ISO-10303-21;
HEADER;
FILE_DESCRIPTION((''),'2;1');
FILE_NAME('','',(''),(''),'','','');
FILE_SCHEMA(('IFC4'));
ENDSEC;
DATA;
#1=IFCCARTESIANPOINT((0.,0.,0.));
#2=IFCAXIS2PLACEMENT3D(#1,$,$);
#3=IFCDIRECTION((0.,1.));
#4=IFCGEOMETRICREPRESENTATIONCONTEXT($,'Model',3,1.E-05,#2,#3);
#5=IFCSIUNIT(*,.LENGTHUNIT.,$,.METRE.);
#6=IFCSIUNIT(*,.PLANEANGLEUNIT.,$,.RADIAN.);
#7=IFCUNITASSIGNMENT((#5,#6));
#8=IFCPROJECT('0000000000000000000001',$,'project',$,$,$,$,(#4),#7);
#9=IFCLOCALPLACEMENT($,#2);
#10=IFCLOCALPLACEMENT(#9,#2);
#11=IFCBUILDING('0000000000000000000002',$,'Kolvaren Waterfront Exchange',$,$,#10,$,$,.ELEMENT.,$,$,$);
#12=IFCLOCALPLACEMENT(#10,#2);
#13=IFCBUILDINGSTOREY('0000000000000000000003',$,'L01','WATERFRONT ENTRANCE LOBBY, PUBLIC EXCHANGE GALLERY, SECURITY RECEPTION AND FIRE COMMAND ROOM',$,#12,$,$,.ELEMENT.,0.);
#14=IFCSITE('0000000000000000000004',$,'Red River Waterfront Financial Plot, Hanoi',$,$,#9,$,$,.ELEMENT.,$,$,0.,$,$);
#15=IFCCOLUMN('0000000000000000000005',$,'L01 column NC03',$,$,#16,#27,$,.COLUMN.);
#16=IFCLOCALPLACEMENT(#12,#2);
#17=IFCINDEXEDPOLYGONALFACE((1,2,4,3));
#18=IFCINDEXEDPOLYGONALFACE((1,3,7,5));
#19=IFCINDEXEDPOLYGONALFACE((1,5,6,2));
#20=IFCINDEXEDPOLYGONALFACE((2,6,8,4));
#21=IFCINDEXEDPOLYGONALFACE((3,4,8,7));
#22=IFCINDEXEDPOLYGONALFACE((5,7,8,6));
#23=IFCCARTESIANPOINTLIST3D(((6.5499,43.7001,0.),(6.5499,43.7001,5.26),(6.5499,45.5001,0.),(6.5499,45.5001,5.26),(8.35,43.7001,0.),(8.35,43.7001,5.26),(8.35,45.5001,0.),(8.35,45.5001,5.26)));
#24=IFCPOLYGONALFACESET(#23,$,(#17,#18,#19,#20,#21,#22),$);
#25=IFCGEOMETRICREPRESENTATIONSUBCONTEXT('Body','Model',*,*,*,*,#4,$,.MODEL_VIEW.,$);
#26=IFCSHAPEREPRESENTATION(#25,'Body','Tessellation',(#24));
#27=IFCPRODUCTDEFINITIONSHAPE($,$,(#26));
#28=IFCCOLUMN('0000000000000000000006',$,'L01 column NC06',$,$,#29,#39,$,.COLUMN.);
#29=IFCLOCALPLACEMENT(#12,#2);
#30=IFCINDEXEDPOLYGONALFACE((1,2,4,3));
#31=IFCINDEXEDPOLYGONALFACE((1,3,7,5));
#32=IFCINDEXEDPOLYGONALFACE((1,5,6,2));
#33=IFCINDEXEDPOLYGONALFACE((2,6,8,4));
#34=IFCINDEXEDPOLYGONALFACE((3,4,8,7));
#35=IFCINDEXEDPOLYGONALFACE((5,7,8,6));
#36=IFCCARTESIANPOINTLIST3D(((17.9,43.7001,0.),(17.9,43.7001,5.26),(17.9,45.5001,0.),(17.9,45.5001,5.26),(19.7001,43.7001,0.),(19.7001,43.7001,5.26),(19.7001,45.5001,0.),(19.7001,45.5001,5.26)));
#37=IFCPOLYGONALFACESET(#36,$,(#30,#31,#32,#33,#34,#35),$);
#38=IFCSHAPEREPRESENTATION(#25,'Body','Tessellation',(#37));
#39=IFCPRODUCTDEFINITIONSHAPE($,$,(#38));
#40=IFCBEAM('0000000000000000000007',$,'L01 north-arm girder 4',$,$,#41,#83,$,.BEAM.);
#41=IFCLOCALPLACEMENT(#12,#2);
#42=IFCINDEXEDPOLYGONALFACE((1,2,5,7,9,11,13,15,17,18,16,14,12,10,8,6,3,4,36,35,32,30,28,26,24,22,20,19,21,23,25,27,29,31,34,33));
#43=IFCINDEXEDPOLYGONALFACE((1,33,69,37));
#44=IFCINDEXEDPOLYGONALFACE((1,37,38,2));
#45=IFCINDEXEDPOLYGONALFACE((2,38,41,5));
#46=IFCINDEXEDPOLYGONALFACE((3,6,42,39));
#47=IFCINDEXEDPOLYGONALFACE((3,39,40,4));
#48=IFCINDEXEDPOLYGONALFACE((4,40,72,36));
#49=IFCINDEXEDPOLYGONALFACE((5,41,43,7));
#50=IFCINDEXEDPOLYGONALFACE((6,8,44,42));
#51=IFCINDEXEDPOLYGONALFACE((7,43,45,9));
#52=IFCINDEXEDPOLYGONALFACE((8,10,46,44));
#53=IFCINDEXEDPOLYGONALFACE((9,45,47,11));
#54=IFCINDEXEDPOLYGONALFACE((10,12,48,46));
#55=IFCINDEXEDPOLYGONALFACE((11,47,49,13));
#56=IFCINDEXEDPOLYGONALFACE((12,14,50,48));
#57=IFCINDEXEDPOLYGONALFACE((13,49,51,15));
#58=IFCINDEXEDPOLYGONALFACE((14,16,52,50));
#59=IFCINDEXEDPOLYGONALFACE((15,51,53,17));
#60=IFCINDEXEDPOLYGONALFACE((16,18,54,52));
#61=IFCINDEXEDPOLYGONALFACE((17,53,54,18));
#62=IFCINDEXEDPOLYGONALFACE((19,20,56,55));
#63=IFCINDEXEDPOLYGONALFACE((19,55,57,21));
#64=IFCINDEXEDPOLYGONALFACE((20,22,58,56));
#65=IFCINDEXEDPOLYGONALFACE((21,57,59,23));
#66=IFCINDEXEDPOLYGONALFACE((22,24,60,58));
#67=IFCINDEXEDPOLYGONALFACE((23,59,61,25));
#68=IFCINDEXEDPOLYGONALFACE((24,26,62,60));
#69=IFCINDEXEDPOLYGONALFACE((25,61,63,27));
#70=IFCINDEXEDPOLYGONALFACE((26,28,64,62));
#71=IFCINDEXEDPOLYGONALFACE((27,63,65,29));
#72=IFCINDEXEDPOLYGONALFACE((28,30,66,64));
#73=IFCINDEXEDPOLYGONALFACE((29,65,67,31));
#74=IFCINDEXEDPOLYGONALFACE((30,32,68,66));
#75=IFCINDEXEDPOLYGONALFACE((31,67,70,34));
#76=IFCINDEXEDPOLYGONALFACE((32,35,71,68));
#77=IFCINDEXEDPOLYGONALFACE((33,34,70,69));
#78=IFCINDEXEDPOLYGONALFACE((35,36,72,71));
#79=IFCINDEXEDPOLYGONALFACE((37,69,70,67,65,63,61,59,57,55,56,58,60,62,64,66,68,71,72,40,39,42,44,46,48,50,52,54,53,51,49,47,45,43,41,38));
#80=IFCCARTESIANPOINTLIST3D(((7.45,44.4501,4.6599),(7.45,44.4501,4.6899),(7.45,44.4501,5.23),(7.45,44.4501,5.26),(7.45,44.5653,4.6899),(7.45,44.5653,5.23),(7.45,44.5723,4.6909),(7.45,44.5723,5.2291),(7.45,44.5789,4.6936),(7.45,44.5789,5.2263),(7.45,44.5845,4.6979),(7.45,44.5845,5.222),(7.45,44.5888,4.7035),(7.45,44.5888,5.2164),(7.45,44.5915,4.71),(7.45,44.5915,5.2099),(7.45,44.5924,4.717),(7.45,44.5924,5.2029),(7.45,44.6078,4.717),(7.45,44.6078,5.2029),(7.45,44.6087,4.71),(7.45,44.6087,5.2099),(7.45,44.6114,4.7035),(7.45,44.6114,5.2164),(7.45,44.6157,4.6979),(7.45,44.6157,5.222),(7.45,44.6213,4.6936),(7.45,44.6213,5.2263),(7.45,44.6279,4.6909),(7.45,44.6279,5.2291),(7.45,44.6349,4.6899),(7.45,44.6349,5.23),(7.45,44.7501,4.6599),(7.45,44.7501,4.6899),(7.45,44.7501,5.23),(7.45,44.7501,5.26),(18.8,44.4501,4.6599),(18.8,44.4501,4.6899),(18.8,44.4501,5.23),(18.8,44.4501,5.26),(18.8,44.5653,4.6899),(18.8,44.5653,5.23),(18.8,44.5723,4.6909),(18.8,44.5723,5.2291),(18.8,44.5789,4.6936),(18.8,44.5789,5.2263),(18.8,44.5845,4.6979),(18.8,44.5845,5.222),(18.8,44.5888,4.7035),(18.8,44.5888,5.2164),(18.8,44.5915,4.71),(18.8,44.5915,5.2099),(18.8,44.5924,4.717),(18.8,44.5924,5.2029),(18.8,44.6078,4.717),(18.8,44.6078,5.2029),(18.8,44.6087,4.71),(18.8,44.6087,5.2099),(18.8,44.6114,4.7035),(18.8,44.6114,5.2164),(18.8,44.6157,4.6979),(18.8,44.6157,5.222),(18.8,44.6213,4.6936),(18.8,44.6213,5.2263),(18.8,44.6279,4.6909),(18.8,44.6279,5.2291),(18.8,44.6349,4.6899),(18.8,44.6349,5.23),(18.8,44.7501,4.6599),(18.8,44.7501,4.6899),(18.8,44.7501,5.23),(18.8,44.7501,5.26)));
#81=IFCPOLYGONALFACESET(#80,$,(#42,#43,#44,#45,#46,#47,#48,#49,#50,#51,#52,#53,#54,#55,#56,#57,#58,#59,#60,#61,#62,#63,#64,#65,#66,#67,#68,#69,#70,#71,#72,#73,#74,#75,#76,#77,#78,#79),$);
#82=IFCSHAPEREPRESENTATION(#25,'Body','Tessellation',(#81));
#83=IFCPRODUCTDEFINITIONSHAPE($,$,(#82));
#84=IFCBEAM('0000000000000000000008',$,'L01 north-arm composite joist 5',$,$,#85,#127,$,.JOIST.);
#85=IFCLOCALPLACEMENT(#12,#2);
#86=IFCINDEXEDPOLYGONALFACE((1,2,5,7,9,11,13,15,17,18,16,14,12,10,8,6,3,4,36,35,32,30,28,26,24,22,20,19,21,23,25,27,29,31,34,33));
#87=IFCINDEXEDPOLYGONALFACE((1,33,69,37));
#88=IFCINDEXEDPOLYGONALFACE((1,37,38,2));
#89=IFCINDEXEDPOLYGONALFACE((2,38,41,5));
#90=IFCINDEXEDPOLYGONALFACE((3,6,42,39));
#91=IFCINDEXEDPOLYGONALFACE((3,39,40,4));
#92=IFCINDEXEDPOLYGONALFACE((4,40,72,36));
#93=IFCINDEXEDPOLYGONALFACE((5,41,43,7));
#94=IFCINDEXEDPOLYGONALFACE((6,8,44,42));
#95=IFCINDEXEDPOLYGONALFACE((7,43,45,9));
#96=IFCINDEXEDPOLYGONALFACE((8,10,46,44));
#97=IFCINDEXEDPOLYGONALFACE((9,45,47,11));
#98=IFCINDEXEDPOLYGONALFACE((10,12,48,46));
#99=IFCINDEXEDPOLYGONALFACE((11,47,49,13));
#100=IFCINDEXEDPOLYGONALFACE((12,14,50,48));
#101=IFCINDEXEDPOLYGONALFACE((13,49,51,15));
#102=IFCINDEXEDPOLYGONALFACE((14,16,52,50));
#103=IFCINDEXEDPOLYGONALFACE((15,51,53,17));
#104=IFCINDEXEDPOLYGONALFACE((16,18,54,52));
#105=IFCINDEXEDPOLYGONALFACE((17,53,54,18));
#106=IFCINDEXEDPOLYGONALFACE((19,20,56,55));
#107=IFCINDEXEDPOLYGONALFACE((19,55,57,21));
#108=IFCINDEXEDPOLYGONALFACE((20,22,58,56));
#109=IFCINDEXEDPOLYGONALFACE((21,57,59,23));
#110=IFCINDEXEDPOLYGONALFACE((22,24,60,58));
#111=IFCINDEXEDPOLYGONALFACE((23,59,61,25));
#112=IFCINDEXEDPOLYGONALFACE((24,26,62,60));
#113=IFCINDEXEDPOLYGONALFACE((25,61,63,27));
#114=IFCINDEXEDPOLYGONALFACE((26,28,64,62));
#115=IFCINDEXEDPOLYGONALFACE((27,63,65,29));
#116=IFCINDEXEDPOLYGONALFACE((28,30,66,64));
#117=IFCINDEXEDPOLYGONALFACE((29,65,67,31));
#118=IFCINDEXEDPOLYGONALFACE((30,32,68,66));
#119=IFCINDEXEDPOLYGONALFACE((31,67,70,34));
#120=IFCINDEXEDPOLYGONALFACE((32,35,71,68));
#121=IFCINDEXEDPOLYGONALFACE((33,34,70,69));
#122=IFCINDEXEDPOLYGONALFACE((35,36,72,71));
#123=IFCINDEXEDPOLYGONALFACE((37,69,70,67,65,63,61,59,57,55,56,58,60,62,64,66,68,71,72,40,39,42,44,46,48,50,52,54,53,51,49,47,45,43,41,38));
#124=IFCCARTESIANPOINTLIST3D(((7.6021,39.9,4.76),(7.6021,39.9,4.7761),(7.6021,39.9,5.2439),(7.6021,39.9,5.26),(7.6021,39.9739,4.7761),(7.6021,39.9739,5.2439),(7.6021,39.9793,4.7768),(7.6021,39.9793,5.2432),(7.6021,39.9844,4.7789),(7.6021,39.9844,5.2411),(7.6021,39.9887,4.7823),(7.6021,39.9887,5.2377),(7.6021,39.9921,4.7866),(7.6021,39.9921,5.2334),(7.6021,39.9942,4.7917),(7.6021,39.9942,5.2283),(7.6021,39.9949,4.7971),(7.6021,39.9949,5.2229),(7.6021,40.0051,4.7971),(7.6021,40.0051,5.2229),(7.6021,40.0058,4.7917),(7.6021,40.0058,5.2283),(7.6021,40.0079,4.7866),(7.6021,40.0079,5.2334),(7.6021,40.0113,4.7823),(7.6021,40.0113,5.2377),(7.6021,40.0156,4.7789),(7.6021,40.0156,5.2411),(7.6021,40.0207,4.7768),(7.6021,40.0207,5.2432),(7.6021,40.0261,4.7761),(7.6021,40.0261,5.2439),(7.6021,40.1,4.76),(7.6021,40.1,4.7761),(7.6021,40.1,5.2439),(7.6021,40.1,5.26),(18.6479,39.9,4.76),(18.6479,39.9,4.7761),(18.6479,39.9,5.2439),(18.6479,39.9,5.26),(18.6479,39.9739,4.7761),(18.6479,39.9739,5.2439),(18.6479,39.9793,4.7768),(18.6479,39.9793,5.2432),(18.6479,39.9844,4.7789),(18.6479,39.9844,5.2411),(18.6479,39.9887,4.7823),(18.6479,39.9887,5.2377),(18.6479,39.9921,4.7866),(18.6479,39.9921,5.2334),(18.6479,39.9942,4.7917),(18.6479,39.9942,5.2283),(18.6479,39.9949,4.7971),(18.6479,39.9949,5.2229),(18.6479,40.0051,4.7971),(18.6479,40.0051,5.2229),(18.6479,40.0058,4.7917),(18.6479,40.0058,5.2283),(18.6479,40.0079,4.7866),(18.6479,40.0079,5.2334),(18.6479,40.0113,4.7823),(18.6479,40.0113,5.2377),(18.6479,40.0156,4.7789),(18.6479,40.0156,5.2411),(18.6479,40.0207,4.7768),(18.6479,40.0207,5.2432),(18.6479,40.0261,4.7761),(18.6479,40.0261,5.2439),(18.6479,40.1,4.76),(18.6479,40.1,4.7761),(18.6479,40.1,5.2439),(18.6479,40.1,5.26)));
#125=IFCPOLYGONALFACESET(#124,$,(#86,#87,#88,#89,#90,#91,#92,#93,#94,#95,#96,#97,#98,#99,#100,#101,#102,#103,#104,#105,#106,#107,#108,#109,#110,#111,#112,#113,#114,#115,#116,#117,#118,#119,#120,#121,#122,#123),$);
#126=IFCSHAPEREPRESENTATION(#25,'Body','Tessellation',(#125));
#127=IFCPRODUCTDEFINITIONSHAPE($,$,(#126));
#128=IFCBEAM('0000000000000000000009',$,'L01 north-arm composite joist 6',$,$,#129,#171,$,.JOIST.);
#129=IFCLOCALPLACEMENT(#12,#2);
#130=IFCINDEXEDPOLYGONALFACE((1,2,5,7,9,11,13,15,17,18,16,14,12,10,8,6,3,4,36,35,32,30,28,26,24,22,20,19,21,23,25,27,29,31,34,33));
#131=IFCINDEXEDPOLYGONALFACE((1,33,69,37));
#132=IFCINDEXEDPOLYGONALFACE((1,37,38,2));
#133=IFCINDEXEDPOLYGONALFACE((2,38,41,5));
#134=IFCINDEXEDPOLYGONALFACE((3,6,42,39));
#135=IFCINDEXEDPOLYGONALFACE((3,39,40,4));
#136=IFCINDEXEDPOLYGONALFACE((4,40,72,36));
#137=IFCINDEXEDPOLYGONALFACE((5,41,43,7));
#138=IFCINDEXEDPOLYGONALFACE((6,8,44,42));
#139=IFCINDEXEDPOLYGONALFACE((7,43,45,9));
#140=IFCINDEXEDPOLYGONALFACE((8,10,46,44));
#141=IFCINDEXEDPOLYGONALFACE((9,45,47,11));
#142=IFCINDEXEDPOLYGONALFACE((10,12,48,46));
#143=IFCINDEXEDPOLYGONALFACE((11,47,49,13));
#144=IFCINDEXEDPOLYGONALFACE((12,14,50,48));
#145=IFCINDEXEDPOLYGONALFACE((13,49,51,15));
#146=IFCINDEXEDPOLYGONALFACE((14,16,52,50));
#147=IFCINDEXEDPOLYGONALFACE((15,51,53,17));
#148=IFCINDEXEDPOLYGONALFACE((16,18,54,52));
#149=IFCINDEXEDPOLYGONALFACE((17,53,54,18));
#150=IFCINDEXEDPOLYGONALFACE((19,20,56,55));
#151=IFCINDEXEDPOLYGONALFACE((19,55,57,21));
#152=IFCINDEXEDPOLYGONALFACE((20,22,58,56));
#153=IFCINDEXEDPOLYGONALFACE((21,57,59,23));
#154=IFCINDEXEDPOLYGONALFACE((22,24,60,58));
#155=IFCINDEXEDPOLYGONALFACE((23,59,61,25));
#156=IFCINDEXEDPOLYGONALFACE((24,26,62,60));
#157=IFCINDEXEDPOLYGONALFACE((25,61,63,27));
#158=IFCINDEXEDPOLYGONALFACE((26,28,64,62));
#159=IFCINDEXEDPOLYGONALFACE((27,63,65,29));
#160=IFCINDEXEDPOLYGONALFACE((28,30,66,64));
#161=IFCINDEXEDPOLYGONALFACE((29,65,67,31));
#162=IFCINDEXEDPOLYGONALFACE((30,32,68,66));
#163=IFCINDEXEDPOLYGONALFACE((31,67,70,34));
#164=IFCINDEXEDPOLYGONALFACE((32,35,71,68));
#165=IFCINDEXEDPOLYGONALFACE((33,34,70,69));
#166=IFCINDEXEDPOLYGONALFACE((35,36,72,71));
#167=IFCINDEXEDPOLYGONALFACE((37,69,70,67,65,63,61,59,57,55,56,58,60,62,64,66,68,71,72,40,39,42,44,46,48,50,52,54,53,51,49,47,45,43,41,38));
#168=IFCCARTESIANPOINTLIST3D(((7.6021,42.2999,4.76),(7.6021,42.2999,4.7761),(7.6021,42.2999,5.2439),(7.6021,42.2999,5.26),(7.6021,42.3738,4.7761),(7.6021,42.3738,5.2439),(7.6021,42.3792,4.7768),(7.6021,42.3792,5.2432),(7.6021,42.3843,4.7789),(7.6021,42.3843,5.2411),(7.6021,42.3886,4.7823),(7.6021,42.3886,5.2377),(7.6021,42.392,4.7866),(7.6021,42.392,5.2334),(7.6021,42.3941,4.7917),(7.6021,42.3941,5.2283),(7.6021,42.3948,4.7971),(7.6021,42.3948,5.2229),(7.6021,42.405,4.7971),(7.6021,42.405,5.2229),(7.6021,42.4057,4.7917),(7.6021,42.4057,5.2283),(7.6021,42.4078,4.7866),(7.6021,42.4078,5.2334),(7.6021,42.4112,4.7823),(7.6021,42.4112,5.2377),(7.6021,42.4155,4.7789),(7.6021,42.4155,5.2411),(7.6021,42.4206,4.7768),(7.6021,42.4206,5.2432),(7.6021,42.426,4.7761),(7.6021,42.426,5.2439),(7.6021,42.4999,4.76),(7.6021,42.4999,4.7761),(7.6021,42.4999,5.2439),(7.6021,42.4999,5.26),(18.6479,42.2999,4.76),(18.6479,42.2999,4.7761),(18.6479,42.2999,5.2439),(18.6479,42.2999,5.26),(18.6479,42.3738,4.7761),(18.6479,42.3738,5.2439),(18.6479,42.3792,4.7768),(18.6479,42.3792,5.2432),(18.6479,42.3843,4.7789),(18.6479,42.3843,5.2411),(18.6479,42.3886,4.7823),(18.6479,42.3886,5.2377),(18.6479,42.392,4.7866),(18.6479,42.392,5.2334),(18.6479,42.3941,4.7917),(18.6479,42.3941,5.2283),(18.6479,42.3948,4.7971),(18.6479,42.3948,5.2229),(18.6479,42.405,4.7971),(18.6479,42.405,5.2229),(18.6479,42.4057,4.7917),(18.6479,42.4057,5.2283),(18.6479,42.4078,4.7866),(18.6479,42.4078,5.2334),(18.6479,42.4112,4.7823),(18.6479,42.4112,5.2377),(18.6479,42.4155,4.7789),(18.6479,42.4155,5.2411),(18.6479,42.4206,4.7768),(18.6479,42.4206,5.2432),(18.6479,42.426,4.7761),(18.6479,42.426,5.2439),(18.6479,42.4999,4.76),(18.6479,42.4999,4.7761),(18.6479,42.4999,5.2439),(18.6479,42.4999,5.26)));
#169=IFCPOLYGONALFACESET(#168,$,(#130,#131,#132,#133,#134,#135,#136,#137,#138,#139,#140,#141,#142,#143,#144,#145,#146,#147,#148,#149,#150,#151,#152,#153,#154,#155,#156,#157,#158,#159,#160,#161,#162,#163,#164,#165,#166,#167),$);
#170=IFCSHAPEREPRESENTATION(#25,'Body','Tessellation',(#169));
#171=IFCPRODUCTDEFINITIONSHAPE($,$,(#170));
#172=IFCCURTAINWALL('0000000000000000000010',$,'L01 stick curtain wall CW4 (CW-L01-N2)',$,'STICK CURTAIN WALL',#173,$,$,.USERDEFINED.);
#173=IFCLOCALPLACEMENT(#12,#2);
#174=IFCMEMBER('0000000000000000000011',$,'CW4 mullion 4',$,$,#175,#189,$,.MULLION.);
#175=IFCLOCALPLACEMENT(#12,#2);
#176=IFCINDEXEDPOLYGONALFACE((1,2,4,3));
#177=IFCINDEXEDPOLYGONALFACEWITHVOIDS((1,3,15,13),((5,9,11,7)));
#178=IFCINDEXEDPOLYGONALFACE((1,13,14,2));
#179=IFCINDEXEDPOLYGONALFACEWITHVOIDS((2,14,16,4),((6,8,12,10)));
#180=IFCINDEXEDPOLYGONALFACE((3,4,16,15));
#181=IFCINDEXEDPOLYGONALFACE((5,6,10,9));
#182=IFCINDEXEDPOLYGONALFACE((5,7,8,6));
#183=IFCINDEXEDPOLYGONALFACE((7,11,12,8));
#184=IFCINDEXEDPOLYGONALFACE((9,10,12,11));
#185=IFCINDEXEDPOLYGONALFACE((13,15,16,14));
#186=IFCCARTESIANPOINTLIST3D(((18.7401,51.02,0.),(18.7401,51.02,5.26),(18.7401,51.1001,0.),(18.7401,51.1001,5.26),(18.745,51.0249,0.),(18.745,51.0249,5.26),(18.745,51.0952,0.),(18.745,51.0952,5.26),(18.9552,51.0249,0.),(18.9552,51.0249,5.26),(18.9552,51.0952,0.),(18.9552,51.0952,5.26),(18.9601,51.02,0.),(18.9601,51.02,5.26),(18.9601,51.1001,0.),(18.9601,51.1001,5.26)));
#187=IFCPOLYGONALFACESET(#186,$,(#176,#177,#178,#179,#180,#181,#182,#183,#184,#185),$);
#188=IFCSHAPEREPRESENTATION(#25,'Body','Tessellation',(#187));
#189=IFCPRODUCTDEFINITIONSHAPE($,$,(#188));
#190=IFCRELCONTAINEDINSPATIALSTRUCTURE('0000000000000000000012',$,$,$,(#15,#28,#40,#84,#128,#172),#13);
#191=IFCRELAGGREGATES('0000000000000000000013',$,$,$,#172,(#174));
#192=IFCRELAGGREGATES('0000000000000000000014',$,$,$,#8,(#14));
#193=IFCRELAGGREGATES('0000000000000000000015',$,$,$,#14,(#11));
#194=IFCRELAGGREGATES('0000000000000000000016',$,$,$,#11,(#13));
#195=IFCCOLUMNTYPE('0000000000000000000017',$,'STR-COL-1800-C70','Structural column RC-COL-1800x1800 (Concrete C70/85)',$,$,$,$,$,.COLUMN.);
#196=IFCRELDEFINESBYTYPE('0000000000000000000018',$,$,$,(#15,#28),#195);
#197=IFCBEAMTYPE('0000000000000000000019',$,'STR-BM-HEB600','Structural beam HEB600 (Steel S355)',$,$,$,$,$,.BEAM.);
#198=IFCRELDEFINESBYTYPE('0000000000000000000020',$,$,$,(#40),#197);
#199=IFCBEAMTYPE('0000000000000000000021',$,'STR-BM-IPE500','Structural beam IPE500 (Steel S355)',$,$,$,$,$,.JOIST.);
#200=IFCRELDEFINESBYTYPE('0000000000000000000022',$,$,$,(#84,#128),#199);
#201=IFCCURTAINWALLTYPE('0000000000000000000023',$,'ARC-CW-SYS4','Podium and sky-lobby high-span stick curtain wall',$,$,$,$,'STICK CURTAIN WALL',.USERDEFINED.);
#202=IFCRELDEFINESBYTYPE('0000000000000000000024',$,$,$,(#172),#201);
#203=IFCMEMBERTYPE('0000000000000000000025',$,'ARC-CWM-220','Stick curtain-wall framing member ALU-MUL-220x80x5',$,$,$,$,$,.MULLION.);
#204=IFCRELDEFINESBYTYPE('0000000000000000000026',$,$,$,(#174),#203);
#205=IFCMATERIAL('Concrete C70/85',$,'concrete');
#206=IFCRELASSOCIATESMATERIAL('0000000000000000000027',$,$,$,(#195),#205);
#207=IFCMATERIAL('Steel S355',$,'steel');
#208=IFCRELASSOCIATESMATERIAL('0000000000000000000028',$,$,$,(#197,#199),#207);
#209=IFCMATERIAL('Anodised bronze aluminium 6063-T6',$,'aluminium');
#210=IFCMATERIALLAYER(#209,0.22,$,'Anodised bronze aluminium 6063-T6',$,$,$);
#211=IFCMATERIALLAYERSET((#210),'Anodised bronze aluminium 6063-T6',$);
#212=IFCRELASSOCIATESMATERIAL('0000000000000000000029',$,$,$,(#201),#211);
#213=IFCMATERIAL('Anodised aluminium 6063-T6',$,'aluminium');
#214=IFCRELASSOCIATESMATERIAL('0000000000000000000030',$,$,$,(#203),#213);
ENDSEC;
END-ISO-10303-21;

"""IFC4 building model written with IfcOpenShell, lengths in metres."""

from ifc_helpers import new_model, si_unit, direction, frame, origin, origin_with_axes, origin_2d, place, context, subcontext, project, spatial, rectangle, hollow_rectangle, i_section, extrude, source, transform, mapped, material, layer, layer_set, material_profile, profile_set, type_object, element, aggregate, save


model = new_model("IFC4")

# Units and contexts
model_context = context("Model", 3, precision=1e-05, world=origin(), true_north=direction((0.0, 1.0)))
body_context = subcontext(model_context, "Body", "Model", "MODEL_VIEW")
ifc_project = project(units=[si_unit("LENGTHUNIT", "METRE"), si_unit("PLANEANGLEUNIT", "RADIAN")], contexts=[model_context])

# Site, building, storey
site_placement = place(None, origin())
site = spatial("IfcSite", under=ifc_project, at=site_placement, Name="Red River Waterfront Financial Plot, Hanoi", CompositionType="ELEMENT", RefElevation=0.0)
building_placement = place(site_placement, origin())
building = spatial("IfcBuilding", under=site, at=building_placement, Name="Kolvaren Waterfront Exchange", CompositionType="ELEMENT")
storey_placement = place(building_placement, origin())
storey = spatial("IfcBuildingStorey", under=building, at=storey_placement, Name="L01", Description="WATERFRONT ENTRANCE LOBBY, PUBLIC EXCHANGE GALLERY, SECURITY RECEPTION AND FIRE COMMAND ROOM", CompositionType="ELEMENT", Elevation=0.0)

# Columns
ifc_material_1 = material(Name="Concrete C70/85", Category="concrete")
ifc_material_profile_1 = material_profile(ifc_material_1, rectangle(XDim=1.8, YDim=1.8, at=origin_2d()), Name="RC-COL-1800x1800")
ifc_profile_set_1 = profile_set([ifc_material_profile_1], Name="Concrete C70/85")
column_type = type_object("IfcColumnType", Name="STR-COL-1800-C70", Description="Structural column RC-COL-1800x1800 (Concrete C70/85)", PredefinedType="COLUMN", material=ifc_profile_set_1)
for number, where, z_axis, x_axis, name in (
    (1, (7.45, 44.6001, 0.0), (0.0, 0.0, 1.0), (1.0, 0.0, 0.0), "L01 column NC03"),
    (2, (18.8, 44.6001, 0.0), (0.0, 0.0, 1.0), (1.0, 0.0, 0.0), "L01 column NC06"),
):
    element("IfcColumn", number, at=place(storey_placement, frame(where, z_axis=z_axis, x_axis=x_axis)), inside=storey, type_object=column_type, Name=name, PredefinedType="COLUMN", context=body_context, shape_type="SweptSolid", body=[
        extrude(rectangle(XDim=1.8, YDim=1.8, at=origin_2d()), origin(), (0.0, 0.0, 1.0), 5.26),
    ])

# Beams
ifc_material_2 = material(Name="Steel S355", Category="steel")
ifc_material_profile_2 = material_profile(ifc_material_2, i_section(OverallWidth=0.3, OverallDepth=0.6001, WebThickness=0.0154, FlangeThickness=0.03, FilletRadius=0.0271, at=origin_2d()), Name="HEB600")
ifc_profile_set_2 = profile_set([ifc_material_profile_2], Name="Steel S355")
beam_type_1 = type_object("IfcBeamType", Name="STR-BM-HEB600", Description="Structural beam HEB600 (Steel S355)", PredefinedType="BEAM", material=ifc_profile_set_2)
beam_placement = place(storey_placement, frame((7.45, 44.6001, 4.96), z_axis=(1.0, 0.0, 0.0), x_axis=(0.0, 1.0, 0.0)))
element("IfcBeam", 3, at=beam_placement, inside=storey, type_object=beam_type_1, Name="L01 north-arm girder 4", PredefinedType="BEAM", context=body_context, shape_type="SweptSolid", body=[
    extrude(i_section(OverallWidth=0.3, OverallDepth=0.6001, WebThickness=0.0154, FlangeThickness=0.03, FilletRadius=0.0271, at=origin_2d()), origin(), (0.0, 0.0, 1.0), 11.3501),
])
ifc_material_profile_3 = material_profile(ifc_material_2, i_section(OverallWidth=0.2, OverallDepth=0.5, WebThickness=0.0103, FlangeThickness=0.0161, FilletRadius=0.021, at=origin_2d()), Name="IPE500")
ifc_profile_set_3 = profile_set([ifc_material_profile_3], Name="Steel S355")
beam_type_2 = type_object("IfcBeamType", Name="STR-BM-IPE500", Description="Structural beam IPE500 (Steel S355)", PredefinedType="JOIST", material=ifc_profile_set_3)
for number, where, z_axis, x_axis, name in (
    (4, (7.6021, 40.0, 5.01), (1.0, 0.0, 0.0), (0.0, 1.0, 0.0), "L01 north-arm composite joist 5"),
    (5, (7.6021, 42.3999, 5.01), (1.0, 0.0, 0.0), (0.0, 1.0, 0.0), "L01 north-arm composite joist 6"),
):
    element("IfcBeam", number, at=place(storey_placement, frame(where, z_axis=z_axis, x_axis=x_axis)), inside=storey, type_object=beam_type_2, Name=name, PredefinedType="JOIST", context=body_context, shape_type="SweptSolid", body=[
        extrude(i_section(OverallWidth=0.2, OverallDepth=0.5, WebThickness=0.0103, FlangeThickness=0.0161, FilletRadius=0.021, at=origin_2d()), origin(), (0.0, 0.0, 1.0), 11.0459),
    ])

# Curtain wall, member
ifc_material_3 = material(Name="Anodised bronze aluminium 6063-T6", Category="aluminium")
ifc_layer_1 = layer(ifc_material_3, 0.22, Name="Anodised bronze aluminium 6063-T6")
ifc_layer_set_1 = layer_set([ifc_layer_1], Name="Anodised bronze aluminium 6063-T6")
curtain_wall_type = type_object("IfcCurtainWallType", Name="ARC-CW-SYS4", Description="Podium and sky-lobby high-span stick curtain wall", ElementType="STICK CURTAIN WALL", PredefinedType="USERDEFINED", material=ifc_layer_set_1)
curtain_wall_placement = place(storey_placement, origin())
curtain_wall = element("IfcCurtainWall", 6, at=curtain_wall_placement, inside=storey, type_object=curtain_wall_type, Name="L01 stick curtain wall CW4 (CW-L01-N2)", ObjectType="STICK CURTAIN WALL", PredefinedType="USERDEFINED")
ifc_material_4 = material(Name="Anodised aluminium 6063-T6", Category="aluminium")
ifc_material_profile_4 = material_profile(ifc_material_4, hollow_rectangle(XDim=0.0801, YDim=0.22, WallThickness=0.0049, at=origin_2d()), Name="ALU-MUL-220x80x5")
ifc_profile_set_4 = profile_set([ifc_material_profile_4], Name="Anodised aluminium 6063-T6")
member_type_1 = type_object("IfcMemberType", Name="ARC-CWM-220", Description="Stick curtain-wall framing member ALU-MUL-220x80x5", PredefinedType="MULLION", material=ifc_profile_set_4)
shared_shape_1 = source(origin_with_axes(), body_context, "Body", "SweptSolid", [
    extrude(hollow_rectangle(XDim=0.0801, YDim=0.22, WallThickness=0.0049, at=origin_2d()), origin(), (0.0, 0.0, 1.0), 5.26),
])
member_1_placement = place(storey_placement, frame((18.8501, 51.0601, 0.0), z_axis=(0.0, 0.0, 1.0), x_axis=(0.0, -1.0, 0.0)))
member_1 = element("IfcMember", 7, at=member_1_placement, type_object=member_type_1, Name="CW4 mullion 4", PredefinedType="MULLION", context=body_context, shape_type="MappedRepresentation", body=[
    mapped(shared_shape_1, transform((0.0, 0.0, 0.0), x_axis=(1.0, 0.0, 0.0), y_axis=(0.0, 1.0, 0.0), z_axis=(0.0, 0.0, 1.0), scale=1.0)),
])
aggregate(curtain_wall, [member_1])

save(model, "model.ifc")
